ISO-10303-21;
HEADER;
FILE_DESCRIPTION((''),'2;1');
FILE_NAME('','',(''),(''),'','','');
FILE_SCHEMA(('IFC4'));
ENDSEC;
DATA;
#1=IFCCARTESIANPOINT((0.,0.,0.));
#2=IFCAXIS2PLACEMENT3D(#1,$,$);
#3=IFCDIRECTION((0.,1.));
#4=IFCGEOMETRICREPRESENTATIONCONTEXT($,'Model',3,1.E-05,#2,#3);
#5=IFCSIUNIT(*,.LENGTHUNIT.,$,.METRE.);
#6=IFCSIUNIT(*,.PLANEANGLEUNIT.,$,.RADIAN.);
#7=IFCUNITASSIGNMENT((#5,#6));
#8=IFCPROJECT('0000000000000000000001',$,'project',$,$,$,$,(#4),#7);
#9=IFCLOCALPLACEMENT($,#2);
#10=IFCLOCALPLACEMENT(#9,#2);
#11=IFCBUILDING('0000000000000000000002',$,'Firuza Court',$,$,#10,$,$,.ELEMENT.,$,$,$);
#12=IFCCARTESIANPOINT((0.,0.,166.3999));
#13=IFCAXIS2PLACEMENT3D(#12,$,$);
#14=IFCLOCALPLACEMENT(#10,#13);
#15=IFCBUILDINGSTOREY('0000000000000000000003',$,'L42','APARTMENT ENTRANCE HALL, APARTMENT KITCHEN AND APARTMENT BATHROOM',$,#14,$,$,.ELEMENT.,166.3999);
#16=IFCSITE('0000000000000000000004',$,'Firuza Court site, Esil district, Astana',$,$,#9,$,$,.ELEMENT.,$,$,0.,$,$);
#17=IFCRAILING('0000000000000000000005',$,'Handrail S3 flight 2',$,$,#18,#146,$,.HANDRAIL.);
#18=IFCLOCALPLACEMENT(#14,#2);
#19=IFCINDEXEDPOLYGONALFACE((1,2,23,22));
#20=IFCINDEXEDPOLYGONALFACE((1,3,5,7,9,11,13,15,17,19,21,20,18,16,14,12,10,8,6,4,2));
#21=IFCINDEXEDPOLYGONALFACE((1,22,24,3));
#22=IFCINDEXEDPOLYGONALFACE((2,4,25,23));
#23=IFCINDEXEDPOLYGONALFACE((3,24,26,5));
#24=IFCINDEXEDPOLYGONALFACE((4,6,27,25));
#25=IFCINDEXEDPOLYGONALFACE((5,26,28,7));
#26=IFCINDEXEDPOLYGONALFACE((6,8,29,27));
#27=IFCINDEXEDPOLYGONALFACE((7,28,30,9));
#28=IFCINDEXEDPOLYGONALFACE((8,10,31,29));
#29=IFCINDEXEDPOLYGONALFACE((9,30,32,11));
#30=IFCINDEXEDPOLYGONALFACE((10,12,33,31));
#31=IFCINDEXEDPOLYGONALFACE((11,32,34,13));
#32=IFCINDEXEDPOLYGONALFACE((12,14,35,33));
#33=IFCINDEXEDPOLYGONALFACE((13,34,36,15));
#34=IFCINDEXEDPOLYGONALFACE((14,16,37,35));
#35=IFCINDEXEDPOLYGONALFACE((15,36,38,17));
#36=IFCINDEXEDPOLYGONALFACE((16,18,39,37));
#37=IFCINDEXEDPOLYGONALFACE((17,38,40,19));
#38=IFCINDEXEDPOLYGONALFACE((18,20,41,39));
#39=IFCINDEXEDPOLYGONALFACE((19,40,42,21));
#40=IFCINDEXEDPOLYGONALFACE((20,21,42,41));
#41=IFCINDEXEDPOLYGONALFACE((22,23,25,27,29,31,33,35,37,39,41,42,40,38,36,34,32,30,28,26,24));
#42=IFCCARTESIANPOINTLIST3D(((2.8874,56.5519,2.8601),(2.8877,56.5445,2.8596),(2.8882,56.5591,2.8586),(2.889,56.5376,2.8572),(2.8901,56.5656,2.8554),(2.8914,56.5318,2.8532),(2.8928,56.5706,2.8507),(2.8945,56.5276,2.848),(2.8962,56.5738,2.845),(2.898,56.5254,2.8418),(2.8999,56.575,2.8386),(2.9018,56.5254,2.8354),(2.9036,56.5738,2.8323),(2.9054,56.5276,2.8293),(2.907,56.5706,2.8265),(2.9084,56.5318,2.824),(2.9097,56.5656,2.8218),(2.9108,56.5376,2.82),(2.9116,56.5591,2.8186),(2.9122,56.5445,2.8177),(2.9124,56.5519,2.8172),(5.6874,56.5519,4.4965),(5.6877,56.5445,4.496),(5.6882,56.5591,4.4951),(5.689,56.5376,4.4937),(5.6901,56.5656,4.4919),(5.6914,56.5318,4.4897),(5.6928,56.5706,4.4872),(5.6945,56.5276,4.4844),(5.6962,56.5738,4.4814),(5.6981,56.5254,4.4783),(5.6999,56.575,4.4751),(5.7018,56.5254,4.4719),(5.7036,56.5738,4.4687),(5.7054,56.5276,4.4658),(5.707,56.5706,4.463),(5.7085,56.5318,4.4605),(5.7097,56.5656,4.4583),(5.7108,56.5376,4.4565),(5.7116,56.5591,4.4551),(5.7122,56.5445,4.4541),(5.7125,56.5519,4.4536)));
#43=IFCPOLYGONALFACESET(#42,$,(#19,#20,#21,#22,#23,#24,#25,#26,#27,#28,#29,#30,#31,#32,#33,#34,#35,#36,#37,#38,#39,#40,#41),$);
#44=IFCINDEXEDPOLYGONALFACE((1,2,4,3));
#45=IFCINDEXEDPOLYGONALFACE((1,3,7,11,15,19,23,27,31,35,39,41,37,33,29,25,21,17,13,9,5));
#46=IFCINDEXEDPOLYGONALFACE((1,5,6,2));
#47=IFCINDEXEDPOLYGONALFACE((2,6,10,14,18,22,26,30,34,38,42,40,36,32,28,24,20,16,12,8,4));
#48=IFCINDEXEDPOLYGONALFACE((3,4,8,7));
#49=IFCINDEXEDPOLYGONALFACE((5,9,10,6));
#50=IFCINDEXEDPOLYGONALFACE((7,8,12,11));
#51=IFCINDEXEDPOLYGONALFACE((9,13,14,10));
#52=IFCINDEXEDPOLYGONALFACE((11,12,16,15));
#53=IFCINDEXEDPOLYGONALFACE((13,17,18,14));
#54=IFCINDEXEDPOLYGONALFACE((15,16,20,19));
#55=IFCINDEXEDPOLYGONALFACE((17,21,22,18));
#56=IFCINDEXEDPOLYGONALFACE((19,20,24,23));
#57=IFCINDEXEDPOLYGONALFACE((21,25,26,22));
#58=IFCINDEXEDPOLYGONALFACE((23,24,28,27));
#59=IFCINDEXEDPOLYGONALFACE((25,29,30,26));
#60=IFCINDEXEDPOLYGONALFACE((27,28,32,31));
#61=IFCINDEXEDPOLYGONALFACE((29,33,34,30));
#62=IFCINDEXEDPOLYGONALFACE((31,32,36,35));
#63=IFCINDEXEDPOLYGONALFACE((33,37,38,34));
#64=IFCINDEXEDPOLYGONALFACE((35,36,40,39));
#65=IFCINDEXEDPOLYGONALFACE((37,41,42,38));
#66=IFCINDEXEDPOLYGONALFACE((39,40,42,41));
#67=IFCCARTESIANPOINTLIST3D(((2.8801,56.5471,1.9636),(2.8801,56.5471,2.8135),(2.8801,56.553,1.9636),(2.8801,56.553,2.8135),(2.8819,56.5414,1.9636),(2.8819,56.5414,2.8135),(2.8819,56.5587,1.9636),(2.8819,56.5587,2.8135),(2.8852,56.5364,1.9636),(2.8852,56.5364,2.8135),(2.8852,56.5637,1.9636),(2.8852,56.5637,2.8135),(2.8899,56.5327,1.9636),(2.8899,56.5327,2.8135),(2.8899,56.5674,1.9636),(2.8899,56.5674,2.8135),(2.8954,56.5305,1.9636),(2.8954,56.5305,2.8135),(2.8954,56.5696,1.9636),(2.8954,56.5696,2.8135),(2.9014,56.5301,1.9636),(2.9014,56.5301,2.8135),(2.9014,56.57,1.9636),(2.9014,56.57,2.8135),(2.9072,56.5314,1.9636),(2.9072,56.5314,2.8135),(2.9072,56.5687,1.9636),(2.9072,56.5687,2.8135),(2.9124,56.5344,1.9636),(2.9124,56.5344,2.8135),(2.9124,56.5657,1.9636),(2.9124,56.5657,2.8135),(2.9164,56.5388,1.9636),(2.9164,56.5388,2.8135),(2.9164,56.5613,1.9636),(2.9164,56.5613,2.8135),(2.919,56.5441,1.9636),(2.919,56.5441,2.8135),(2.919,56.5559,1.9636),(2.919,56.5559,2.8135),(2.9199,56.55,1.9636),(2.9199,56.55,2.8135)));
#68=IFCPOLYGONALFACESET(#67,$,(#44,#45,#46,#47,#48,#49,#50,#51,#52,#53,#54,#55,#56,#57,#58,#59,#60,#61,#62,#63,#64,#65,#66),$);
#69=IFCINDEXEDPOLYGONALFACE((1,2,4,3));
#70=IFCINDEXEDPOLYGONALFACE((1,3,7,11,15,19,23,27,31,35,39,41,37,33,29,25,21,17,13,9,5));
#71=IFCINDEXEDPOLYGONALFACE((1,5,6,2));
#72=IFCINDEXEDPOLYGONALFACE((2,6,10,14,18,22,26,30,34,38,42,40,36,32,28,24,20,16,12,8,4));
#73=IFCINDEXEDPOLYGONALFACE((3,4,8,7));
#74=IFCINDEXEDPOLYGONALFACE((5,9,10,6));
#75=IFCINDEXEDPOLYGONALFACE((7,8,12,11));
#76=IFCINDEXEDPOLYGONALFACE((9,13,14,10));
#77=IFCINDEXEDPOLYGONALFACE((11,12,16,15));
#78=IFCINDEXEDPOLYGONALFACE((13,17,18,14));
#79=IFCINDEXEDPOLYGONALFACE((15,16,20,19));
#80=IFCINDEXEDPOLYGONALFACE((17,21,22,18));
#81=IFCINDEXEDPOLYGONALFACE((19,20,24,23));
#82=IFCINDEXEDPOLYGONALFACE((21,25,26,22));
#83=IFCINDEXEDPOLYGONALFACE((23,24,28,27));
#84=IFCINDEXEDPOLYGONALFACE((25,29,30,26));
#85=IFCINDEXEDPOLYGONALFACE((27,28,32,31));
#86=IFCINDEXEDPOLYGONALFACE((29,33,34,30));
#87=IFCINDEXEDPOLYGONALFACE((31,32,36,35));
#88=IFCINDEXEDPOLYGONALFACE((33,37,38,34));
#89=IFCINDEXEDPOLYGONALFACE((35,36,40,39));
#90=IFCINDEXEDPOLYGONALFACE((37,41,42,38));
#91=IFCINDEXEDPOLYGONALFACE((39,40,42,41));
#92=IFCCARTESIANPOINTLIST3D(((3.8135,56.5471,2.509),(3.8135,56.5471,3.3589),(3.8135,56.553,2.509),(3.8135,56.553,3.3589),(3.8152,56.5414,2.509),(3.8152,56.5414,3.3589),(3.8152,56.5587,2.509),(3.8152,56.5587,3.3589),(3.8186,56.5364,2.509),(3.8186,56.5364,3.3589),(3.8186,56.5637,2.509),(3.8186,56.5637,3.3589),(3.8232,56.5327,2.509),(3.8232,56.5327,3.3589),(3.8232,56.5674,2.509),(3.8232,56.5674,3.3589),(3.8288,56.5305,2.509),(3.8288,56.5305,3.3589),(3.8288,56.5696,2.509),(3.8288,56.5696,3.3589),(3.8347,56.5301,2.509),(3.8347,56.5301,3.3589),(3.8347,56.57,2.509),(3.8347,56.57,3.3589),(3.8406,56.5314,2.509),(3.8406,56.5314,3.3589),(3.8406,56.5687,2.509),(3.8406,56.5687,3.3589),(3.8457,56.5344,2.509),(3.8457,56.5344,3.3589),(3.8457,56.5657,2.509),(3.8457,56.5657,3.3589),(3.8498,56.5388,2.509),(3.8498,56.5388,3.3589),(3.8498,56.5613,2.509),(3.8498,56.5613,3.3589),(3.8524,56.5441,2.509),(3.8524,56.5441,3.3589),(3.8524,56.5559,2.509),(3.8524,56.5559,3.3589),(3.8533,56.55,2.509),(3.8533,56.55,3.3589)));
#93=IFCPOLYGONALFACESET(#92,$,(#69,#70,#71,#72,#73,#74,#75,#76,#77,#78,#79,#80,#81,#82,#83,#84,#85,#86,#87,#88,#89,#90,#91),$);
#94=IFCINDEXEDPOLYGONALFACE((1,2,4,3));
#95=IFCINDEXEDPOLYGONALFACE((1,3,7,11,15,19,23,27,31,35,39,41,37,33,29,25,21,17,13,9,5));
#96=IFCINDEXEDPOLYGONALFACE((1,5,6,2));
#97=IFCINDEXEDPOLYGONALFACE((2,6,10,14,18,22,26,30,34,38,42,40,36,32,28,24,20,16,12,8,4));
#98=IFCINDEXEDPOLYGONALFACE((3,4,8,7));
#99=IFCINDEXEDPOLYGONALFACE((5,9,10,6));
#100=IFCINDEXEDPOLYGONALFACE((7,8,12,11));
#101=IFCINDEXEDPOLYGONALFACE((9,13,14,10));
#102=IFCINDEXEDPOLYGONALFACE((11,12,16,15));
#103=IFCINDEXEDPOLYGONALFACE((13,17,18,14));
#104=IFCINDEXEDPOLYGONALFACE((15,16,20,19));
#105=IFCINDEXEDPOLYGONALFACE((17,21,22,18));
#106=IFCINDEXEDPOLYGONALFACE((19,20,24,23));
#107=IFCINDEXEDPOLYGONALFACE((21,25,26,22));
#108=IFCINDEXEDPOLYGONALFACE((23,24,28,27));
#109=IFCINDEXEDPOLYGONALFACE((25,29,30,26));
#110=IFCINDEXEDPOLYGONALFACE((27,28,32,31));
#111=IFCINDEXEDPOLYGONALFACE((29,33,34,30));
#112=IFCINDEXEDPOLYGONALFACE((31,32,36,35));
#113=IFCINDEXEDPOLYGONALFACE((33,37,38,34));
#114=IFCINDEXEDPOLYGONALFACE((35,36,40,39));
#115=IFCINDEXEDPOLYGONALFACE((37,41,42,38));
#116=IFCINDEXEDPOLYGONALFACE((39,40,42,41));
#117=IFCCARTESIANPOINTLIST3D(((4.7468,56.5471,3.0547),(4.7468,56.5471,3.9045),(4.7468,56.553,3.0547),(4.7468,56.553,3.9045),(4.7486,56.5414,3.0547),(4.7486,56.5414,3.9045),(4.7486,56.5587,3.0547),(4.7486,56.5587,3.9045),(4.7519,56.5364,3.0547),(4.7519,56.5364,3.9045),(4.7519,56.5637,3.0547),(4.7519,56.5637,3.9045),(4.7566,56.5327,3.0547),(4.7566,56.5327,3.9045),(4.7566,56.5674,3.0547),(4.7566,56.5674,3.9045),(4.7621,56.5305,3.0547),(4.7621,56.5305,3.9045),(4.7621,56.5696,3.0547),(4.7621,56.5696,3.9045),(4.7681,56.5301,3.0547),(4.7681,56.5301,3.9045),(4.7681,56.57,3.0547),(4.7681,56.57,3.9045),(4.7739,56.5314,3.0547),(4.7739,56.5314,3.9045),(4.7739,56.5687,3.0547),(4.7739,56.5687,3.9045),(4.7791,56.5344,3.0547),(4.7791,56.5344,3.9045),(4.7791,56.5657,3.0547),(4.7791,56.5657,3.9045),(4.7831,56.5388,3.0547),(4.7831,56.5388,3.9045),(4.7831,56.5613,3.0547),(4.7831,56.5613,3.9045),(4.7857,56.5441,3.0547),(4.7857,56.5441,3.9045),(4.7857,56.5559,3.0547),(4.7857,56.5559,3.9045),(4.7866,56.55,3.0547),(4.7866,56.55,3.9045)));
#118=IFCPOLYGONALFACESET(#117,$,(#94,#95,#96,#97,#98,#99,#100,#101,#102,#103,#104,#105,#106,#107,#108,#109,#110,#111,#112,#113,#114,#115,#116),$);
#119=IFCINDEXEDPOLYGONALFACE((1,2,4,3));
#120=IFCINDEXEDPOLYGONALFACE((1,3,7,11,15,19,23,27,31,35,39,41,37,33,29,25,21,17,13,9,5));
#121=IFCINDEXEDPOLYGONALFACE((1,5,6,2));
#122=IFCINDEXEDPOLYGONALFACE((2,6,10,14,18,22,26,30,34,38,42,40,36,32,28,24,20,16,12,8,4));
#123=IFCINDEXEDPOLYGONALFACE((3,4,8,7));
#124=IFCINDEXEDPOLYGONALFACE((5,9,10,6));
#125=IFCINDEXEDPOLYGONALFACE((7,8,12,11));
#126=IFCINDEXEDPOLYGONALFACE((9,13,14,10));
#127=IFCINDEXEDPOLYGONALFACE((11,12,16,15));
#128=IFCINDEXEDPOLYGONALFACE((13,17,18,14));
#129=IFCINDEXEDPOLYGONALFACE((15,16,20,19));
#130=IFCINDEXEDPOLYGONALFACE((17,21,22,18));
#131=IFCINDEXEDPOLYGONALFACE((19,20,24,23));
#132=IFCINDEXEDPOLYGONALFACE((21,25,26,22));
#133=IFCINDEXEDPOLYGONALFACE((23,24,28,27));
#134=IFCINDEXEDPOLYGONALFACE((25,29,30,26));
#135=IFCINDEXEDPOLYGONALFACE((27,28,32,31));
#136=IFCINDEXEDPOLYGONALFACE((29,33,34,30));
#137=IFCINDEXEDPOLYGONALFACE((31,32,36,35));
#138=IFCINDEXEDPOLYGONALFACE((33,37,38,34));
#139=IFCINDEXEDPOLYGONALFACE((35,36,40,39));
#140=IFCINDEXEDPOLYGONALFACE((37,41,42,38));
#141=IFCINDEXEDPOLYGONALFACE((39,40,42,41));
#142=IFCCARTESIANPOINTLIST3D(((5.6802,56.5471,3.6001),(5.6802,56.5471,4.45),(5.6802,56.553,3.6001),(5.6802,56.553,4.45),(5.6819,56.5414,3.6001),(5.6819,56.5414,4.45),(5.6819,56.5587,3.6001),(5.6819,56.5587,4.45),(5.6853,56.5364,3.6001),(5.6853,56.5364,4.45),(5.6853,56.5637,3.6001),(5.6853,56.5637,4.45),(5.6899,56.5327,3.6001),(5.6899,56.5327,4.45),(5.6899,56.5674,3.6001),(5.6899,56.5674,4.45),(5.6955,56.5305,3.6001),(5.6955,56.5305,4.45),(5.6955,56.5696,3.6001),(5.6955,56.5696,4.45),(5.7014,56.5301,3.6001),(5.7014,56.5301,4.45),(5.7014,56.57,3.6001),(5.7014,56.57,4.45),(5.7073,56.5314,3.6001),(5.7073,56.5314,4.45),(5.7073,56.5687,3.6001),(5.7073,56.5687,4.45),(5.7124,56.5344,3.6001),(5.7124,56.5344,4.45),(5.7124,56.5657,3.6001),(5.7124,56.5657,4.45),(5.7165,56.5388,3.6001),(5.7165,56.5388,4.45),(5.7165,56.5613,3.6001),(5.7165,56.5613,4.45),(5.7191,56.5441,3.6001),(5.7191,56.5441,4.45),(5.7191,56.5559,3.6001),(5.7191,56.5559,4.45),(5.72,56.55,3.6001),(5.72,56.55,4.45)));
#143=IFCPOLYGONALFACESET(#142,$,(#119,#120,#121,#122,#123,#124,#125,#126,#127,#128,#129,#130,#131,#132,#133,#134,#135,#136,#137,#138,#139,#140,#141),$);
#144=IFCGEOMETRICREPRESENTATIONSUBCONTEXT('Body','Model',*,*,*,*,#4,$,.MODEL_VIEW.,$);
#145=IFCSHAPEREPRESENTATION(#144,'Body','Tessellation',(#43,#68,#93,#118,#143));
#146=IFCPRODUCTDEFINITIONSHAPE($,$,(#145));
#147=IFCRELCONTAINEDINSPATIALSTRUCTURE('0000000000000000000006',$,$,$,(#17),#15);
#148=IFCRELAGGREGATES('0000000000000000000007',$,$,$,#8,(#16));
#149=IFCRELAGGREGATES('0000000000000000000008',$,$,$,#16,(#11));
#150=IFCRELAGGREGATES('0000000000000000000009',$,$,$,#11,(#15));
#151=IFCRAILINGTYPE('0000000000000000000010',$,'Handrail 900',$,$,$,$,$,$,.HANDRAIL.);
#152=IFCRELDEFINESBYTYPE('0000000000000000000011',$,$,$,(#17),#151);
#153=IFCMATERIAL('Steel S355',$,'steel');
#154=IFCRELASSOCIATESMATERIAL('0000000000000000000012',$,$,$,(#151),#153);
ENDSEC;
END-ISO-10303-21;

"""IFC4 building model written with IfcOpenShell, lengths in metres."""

from ifc_helpers import new_model, si_unit, direction, frame, origin, origin_2d, place, context, subcontext, project, spatial, circle, extrude, material, type_object, element, save


model = new_model("IFC4")

# Units and contexts
model_context = context("Model", 3, precision=1e-05, world=origin(), true_north=direction((0.0, 1.0)))
body_context = subcontext(model_context, "Body", "Model", "MODEL_VIEW")
ifc_project = project(units=[si_unit("LENGTHUNIT", "METRE"), si_unit("PLANEANGLEUNIT", "RADIAN")], contexts=[model_context])

# Site, building, storey
site_placement = place(None, origin())
site = spatial("IfcSite", under=ifc_project, at=site_placement, Name="Firuza Court site, Esil district, Astana", CompositionType="ELEMENT", RefElevation=0.0)
building_placement = place(site_placement, origin())
building = spatial("IfcBuilding", under=site, at=building_placement, Name="Firuza Court", CompositionType="ELEMENT")
storey_placement = place(building_placement, frame((0.0, 0.0, 166.3999)))
storey = spatial("IfcBuildingStorey", under=building, at=storey_placement, Name="L42", Description="APARTMENT ENTRANCE HALL, APARTMENT KITCHEN AND APARTMENT BATHROOM", CompositionType="ELEMENT", Elevation=166.3999)

# Railing
ifc_material_1 = material(Name="Steel S355", Category="steel")
railing_type = type_object("IfcRailingType", Name="Handrail 900", PredefinedType="HANDRAIL", material=ifc_material_1)
railing_1_placement = place(storey_placement, frame((2.8999, 56.55, 1.9636)))
element("IfcRailing", 1, at=railing_1_placement, inside=storey, type_object=railing_type, Name="Handrail S3 flight 2", PredefinedType="HANDRAIL", context=body_context, shape_type="SweptSolid", body=[
    extrude(circle(Radius=0.0249, at=origin_2d()), frame((0.0, 0.0, 0.875), z_axis=(0.863361, 0.0, 0.504587), x_axis=(0.0, 1.0, 0.0)), (0.0, 0.0, 1.0), 3.2432),
    extrude(circle(Radius=0.02, at=origin_2d()), origin(), (0.0, 0.0, 1.0), 0.8499),
    extrude(circle(Radius=0.02, at=origin_2d()), frame((0.9333, 0.0, 0.5454)), (0.0, 0.0, 1.0), 0.8499),
    extrude(circle(Radius=0.02, at=origin_2d()), frame((1.8667, 0.0, 1.0911)), (0.0, 0.0, 1.0), 0.8499),
    extrude(circle(Radius=0.02, at=origin_2d()), frame((2.8, 0.0, 1.6365)), (0.0, 0.0, 1.0), 0.8499),
])

save(model, "model.ifc")
